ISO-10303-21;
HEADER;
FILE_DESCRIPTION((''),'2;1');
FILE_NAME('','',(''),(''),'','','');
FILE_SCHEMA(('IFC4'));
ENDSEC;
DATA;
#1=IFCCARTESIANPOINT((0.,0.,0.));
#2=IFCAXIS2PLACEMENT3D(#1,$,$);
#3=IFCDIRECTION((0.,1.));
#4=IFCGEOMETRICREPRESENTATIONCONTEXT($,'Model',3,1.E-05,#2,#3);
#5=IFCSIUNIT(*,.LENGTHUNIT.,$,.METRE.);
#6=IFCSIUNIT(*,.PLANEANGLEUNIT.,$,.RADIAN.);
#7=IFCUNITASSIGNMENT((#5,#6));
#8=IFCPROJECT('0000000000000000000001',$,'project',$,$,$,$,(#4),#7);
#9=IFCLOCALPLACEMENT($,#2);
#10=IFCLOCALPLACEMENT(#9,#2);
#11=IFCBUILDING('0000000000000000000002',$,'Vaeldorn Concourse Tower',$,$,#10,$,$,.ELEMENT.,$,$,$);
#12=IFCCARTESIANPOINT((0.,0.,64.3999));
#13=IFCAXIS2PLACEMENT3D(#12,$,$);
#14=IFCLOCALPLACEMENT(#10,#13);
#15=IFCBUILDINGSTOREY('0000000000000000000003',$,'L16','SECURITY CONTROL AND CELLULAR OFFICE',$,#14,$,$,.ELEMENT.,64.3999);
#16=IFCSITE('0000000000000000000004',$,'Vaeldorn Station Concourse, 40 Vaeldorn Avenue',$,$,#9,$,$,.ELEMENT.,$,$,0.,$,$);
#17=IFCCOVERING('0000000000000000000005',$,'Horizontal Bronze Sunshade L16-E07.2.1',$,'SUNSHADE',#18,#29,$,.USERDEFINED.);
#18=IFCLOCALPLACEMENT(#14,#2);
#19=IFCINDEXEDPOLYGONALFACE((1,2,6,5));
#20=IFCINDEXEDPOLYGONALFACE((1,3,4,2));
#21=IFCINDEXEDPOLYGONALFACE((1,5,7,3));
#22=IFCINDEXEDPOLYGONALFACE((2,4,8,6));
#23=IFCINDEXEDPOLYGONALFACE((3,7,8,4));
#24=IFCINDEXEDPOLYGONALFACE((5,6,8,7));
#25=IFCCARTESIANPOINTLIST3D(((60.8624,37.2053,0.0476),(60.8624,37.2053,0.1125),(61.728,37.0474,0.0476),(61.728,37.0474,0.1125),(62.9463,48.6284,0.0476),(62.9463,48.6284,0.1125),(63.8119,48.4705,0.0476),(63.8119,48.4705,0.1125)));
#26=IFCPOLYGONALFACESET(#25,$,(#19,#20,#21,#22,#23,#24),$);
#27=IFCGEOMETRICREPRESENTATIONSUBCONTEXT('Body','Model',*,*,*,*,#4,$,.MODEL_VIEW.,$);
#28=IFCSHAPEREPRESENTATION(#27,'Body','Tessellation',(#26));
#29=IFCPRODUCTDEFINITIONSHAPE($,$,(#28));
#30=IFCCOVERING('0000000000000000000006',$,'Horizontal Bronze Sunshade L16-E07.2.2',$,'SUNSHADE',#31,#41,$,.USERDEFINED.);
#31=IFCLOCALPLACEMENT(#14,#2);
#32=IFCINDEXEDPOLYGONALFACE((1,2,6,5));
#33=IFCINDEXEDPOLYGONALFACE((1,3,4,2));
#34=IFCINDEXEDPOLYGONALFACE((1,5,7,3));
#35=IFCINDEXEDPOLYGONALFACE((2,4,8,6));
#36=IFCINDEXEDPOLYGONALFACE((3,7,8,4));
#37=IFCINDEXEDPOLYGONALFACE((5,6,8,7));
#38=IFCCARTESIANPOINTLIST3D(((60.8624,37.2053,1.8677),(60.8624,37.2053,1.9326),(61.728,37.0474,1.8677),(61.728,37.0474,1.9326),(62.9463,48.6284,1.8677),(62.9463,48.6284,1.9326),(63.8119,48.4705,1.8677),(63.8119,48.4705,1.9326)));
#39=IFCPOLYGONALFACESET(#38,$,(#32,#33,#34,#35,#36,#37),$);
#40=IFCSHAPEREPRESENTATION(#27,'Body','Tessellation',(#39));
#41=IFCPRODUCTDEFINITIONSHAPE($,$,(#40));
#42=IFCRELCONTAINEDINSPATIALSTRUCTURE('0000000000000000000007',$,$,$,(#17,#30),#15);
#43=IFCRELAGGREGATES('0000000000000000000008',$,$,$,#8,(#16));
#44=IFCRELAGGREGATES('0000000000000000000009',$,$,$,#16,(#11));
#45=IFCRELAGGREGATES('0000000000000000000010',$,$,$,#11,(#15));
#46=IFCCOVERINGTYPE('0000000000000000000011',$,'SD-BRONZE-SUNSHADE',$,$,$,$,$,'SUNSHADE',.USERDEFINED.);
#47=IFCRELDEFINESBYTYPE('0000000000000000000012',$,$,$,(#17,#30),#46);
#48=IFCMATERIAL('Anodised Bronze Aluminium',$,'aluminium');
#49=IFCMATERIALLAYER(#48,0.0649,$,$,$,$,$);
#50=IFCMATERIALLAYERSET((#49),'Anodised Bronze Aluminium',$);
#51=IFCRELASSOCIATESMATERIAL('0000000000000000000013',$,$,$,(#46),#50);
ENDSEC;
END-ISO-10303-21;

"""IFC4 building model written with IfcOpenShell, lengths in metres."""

from ifc_helpers import new_model, si_unit, direction, frame, origin, origin_2d, place, context, subcontext, project, spatial, rectangle, extrude, source, transform, mapped, material, layer, layer_set, type_object, element, save


model = new_model("IFC4")

# Units and contexts
model_context = context("Model", 3, precision=1e-05, world=origin(), true_north=direction((0.0, 1.0)))
body_context = subcontext(model_context, "Body", "Model", "MODEL_VIEW")
ifc_project = project(units=[si_unit("LENGTHUNIT", "METRE"), si_unit("PLANEANGLEUNIT", "RADIAN")], contexts=[model_context])

# Site, building, storey
site_placement = place(None, origin())
site = spatial("IfcSite", under=ifc_project, at=site_placement, Name="Vaeldorn Station Concourse, 40 Vaeldorn Avenue", CompositionType="ELEMENT", RefElevation=0.0)
building_placement = place(site_placement, origin())
building = spatial("IfcBuilding", under=site, at=building_placement, Name="Vaeldorn Concourse Tower", CompositionType="ELEMENT")
storey_placement = place(building_placement, frame((0.0, 0.0, 64.3999)))
storey = spatial("IfcBuildingStorey", under=building, at=storey_placement, Name="L16", Description="SECURITY CONTROL AND CELLULAR OFFICE", CompositionType="ELEMENT", Elevation=64.3999)

# Shared definitions
ifc_material_1 = material(Name="Anodised Bronze Aluminium", Category="aluminium")

# Coverings
ifc_layer_1 = layer(ifc_material_1, 0.0649)
ifc_layer_set_1 = layer_set([ifc_layer_1], Name="Anodised Bronze Aluminium")
covering_type = type_object("IfcCoveringType", Name="SD-BRONZE-SUNSHADE", ElementType="SUNSHADE", PredefinedType="USERDEFINED", material=ifc_layer_set_1)
shared_shape_1 = source(origin(), body_context, "Body", "SweptSolid", [
    extrude(rectangle(XDim=11.6116, YDim=0.8799, at=origin_2d()), origin(), (0.0, 0.0, 1.0), 0.0649),
])
for number, where, z_axis, x_axis, name in (
    (1, (62.3372, 42.8379, 0.0476), (0.0, 0.0, 1.0), (0.179472, 0.983763, 0.0), "Horizontal Bronze Sunshade L16-E07.2.1"),
    (2, (62.3372, 42.8379, 1.8677), (0.0, 0.0, 1.0), (0.179472, 0.983763, 0.0), "Horizontal Bronze Sunshade L16-E07.2.2"),
):
    element("IfcCovering", number, at=place(storey_placement, frame(where, z_axis=z_axis, x_axis=x_axis)), inside=storey, type_object=covering_type, Name=name, ObjectType="SUNSHADE", PredefinedType="USERDEFINED", context=body_context, shape_type="MappedRepresentation", body=[
        mapped(shared_shape_1, transform((0.0, 0.0, 0.0), scale=1.0)),
    ])

save(model, "model.ifc")
